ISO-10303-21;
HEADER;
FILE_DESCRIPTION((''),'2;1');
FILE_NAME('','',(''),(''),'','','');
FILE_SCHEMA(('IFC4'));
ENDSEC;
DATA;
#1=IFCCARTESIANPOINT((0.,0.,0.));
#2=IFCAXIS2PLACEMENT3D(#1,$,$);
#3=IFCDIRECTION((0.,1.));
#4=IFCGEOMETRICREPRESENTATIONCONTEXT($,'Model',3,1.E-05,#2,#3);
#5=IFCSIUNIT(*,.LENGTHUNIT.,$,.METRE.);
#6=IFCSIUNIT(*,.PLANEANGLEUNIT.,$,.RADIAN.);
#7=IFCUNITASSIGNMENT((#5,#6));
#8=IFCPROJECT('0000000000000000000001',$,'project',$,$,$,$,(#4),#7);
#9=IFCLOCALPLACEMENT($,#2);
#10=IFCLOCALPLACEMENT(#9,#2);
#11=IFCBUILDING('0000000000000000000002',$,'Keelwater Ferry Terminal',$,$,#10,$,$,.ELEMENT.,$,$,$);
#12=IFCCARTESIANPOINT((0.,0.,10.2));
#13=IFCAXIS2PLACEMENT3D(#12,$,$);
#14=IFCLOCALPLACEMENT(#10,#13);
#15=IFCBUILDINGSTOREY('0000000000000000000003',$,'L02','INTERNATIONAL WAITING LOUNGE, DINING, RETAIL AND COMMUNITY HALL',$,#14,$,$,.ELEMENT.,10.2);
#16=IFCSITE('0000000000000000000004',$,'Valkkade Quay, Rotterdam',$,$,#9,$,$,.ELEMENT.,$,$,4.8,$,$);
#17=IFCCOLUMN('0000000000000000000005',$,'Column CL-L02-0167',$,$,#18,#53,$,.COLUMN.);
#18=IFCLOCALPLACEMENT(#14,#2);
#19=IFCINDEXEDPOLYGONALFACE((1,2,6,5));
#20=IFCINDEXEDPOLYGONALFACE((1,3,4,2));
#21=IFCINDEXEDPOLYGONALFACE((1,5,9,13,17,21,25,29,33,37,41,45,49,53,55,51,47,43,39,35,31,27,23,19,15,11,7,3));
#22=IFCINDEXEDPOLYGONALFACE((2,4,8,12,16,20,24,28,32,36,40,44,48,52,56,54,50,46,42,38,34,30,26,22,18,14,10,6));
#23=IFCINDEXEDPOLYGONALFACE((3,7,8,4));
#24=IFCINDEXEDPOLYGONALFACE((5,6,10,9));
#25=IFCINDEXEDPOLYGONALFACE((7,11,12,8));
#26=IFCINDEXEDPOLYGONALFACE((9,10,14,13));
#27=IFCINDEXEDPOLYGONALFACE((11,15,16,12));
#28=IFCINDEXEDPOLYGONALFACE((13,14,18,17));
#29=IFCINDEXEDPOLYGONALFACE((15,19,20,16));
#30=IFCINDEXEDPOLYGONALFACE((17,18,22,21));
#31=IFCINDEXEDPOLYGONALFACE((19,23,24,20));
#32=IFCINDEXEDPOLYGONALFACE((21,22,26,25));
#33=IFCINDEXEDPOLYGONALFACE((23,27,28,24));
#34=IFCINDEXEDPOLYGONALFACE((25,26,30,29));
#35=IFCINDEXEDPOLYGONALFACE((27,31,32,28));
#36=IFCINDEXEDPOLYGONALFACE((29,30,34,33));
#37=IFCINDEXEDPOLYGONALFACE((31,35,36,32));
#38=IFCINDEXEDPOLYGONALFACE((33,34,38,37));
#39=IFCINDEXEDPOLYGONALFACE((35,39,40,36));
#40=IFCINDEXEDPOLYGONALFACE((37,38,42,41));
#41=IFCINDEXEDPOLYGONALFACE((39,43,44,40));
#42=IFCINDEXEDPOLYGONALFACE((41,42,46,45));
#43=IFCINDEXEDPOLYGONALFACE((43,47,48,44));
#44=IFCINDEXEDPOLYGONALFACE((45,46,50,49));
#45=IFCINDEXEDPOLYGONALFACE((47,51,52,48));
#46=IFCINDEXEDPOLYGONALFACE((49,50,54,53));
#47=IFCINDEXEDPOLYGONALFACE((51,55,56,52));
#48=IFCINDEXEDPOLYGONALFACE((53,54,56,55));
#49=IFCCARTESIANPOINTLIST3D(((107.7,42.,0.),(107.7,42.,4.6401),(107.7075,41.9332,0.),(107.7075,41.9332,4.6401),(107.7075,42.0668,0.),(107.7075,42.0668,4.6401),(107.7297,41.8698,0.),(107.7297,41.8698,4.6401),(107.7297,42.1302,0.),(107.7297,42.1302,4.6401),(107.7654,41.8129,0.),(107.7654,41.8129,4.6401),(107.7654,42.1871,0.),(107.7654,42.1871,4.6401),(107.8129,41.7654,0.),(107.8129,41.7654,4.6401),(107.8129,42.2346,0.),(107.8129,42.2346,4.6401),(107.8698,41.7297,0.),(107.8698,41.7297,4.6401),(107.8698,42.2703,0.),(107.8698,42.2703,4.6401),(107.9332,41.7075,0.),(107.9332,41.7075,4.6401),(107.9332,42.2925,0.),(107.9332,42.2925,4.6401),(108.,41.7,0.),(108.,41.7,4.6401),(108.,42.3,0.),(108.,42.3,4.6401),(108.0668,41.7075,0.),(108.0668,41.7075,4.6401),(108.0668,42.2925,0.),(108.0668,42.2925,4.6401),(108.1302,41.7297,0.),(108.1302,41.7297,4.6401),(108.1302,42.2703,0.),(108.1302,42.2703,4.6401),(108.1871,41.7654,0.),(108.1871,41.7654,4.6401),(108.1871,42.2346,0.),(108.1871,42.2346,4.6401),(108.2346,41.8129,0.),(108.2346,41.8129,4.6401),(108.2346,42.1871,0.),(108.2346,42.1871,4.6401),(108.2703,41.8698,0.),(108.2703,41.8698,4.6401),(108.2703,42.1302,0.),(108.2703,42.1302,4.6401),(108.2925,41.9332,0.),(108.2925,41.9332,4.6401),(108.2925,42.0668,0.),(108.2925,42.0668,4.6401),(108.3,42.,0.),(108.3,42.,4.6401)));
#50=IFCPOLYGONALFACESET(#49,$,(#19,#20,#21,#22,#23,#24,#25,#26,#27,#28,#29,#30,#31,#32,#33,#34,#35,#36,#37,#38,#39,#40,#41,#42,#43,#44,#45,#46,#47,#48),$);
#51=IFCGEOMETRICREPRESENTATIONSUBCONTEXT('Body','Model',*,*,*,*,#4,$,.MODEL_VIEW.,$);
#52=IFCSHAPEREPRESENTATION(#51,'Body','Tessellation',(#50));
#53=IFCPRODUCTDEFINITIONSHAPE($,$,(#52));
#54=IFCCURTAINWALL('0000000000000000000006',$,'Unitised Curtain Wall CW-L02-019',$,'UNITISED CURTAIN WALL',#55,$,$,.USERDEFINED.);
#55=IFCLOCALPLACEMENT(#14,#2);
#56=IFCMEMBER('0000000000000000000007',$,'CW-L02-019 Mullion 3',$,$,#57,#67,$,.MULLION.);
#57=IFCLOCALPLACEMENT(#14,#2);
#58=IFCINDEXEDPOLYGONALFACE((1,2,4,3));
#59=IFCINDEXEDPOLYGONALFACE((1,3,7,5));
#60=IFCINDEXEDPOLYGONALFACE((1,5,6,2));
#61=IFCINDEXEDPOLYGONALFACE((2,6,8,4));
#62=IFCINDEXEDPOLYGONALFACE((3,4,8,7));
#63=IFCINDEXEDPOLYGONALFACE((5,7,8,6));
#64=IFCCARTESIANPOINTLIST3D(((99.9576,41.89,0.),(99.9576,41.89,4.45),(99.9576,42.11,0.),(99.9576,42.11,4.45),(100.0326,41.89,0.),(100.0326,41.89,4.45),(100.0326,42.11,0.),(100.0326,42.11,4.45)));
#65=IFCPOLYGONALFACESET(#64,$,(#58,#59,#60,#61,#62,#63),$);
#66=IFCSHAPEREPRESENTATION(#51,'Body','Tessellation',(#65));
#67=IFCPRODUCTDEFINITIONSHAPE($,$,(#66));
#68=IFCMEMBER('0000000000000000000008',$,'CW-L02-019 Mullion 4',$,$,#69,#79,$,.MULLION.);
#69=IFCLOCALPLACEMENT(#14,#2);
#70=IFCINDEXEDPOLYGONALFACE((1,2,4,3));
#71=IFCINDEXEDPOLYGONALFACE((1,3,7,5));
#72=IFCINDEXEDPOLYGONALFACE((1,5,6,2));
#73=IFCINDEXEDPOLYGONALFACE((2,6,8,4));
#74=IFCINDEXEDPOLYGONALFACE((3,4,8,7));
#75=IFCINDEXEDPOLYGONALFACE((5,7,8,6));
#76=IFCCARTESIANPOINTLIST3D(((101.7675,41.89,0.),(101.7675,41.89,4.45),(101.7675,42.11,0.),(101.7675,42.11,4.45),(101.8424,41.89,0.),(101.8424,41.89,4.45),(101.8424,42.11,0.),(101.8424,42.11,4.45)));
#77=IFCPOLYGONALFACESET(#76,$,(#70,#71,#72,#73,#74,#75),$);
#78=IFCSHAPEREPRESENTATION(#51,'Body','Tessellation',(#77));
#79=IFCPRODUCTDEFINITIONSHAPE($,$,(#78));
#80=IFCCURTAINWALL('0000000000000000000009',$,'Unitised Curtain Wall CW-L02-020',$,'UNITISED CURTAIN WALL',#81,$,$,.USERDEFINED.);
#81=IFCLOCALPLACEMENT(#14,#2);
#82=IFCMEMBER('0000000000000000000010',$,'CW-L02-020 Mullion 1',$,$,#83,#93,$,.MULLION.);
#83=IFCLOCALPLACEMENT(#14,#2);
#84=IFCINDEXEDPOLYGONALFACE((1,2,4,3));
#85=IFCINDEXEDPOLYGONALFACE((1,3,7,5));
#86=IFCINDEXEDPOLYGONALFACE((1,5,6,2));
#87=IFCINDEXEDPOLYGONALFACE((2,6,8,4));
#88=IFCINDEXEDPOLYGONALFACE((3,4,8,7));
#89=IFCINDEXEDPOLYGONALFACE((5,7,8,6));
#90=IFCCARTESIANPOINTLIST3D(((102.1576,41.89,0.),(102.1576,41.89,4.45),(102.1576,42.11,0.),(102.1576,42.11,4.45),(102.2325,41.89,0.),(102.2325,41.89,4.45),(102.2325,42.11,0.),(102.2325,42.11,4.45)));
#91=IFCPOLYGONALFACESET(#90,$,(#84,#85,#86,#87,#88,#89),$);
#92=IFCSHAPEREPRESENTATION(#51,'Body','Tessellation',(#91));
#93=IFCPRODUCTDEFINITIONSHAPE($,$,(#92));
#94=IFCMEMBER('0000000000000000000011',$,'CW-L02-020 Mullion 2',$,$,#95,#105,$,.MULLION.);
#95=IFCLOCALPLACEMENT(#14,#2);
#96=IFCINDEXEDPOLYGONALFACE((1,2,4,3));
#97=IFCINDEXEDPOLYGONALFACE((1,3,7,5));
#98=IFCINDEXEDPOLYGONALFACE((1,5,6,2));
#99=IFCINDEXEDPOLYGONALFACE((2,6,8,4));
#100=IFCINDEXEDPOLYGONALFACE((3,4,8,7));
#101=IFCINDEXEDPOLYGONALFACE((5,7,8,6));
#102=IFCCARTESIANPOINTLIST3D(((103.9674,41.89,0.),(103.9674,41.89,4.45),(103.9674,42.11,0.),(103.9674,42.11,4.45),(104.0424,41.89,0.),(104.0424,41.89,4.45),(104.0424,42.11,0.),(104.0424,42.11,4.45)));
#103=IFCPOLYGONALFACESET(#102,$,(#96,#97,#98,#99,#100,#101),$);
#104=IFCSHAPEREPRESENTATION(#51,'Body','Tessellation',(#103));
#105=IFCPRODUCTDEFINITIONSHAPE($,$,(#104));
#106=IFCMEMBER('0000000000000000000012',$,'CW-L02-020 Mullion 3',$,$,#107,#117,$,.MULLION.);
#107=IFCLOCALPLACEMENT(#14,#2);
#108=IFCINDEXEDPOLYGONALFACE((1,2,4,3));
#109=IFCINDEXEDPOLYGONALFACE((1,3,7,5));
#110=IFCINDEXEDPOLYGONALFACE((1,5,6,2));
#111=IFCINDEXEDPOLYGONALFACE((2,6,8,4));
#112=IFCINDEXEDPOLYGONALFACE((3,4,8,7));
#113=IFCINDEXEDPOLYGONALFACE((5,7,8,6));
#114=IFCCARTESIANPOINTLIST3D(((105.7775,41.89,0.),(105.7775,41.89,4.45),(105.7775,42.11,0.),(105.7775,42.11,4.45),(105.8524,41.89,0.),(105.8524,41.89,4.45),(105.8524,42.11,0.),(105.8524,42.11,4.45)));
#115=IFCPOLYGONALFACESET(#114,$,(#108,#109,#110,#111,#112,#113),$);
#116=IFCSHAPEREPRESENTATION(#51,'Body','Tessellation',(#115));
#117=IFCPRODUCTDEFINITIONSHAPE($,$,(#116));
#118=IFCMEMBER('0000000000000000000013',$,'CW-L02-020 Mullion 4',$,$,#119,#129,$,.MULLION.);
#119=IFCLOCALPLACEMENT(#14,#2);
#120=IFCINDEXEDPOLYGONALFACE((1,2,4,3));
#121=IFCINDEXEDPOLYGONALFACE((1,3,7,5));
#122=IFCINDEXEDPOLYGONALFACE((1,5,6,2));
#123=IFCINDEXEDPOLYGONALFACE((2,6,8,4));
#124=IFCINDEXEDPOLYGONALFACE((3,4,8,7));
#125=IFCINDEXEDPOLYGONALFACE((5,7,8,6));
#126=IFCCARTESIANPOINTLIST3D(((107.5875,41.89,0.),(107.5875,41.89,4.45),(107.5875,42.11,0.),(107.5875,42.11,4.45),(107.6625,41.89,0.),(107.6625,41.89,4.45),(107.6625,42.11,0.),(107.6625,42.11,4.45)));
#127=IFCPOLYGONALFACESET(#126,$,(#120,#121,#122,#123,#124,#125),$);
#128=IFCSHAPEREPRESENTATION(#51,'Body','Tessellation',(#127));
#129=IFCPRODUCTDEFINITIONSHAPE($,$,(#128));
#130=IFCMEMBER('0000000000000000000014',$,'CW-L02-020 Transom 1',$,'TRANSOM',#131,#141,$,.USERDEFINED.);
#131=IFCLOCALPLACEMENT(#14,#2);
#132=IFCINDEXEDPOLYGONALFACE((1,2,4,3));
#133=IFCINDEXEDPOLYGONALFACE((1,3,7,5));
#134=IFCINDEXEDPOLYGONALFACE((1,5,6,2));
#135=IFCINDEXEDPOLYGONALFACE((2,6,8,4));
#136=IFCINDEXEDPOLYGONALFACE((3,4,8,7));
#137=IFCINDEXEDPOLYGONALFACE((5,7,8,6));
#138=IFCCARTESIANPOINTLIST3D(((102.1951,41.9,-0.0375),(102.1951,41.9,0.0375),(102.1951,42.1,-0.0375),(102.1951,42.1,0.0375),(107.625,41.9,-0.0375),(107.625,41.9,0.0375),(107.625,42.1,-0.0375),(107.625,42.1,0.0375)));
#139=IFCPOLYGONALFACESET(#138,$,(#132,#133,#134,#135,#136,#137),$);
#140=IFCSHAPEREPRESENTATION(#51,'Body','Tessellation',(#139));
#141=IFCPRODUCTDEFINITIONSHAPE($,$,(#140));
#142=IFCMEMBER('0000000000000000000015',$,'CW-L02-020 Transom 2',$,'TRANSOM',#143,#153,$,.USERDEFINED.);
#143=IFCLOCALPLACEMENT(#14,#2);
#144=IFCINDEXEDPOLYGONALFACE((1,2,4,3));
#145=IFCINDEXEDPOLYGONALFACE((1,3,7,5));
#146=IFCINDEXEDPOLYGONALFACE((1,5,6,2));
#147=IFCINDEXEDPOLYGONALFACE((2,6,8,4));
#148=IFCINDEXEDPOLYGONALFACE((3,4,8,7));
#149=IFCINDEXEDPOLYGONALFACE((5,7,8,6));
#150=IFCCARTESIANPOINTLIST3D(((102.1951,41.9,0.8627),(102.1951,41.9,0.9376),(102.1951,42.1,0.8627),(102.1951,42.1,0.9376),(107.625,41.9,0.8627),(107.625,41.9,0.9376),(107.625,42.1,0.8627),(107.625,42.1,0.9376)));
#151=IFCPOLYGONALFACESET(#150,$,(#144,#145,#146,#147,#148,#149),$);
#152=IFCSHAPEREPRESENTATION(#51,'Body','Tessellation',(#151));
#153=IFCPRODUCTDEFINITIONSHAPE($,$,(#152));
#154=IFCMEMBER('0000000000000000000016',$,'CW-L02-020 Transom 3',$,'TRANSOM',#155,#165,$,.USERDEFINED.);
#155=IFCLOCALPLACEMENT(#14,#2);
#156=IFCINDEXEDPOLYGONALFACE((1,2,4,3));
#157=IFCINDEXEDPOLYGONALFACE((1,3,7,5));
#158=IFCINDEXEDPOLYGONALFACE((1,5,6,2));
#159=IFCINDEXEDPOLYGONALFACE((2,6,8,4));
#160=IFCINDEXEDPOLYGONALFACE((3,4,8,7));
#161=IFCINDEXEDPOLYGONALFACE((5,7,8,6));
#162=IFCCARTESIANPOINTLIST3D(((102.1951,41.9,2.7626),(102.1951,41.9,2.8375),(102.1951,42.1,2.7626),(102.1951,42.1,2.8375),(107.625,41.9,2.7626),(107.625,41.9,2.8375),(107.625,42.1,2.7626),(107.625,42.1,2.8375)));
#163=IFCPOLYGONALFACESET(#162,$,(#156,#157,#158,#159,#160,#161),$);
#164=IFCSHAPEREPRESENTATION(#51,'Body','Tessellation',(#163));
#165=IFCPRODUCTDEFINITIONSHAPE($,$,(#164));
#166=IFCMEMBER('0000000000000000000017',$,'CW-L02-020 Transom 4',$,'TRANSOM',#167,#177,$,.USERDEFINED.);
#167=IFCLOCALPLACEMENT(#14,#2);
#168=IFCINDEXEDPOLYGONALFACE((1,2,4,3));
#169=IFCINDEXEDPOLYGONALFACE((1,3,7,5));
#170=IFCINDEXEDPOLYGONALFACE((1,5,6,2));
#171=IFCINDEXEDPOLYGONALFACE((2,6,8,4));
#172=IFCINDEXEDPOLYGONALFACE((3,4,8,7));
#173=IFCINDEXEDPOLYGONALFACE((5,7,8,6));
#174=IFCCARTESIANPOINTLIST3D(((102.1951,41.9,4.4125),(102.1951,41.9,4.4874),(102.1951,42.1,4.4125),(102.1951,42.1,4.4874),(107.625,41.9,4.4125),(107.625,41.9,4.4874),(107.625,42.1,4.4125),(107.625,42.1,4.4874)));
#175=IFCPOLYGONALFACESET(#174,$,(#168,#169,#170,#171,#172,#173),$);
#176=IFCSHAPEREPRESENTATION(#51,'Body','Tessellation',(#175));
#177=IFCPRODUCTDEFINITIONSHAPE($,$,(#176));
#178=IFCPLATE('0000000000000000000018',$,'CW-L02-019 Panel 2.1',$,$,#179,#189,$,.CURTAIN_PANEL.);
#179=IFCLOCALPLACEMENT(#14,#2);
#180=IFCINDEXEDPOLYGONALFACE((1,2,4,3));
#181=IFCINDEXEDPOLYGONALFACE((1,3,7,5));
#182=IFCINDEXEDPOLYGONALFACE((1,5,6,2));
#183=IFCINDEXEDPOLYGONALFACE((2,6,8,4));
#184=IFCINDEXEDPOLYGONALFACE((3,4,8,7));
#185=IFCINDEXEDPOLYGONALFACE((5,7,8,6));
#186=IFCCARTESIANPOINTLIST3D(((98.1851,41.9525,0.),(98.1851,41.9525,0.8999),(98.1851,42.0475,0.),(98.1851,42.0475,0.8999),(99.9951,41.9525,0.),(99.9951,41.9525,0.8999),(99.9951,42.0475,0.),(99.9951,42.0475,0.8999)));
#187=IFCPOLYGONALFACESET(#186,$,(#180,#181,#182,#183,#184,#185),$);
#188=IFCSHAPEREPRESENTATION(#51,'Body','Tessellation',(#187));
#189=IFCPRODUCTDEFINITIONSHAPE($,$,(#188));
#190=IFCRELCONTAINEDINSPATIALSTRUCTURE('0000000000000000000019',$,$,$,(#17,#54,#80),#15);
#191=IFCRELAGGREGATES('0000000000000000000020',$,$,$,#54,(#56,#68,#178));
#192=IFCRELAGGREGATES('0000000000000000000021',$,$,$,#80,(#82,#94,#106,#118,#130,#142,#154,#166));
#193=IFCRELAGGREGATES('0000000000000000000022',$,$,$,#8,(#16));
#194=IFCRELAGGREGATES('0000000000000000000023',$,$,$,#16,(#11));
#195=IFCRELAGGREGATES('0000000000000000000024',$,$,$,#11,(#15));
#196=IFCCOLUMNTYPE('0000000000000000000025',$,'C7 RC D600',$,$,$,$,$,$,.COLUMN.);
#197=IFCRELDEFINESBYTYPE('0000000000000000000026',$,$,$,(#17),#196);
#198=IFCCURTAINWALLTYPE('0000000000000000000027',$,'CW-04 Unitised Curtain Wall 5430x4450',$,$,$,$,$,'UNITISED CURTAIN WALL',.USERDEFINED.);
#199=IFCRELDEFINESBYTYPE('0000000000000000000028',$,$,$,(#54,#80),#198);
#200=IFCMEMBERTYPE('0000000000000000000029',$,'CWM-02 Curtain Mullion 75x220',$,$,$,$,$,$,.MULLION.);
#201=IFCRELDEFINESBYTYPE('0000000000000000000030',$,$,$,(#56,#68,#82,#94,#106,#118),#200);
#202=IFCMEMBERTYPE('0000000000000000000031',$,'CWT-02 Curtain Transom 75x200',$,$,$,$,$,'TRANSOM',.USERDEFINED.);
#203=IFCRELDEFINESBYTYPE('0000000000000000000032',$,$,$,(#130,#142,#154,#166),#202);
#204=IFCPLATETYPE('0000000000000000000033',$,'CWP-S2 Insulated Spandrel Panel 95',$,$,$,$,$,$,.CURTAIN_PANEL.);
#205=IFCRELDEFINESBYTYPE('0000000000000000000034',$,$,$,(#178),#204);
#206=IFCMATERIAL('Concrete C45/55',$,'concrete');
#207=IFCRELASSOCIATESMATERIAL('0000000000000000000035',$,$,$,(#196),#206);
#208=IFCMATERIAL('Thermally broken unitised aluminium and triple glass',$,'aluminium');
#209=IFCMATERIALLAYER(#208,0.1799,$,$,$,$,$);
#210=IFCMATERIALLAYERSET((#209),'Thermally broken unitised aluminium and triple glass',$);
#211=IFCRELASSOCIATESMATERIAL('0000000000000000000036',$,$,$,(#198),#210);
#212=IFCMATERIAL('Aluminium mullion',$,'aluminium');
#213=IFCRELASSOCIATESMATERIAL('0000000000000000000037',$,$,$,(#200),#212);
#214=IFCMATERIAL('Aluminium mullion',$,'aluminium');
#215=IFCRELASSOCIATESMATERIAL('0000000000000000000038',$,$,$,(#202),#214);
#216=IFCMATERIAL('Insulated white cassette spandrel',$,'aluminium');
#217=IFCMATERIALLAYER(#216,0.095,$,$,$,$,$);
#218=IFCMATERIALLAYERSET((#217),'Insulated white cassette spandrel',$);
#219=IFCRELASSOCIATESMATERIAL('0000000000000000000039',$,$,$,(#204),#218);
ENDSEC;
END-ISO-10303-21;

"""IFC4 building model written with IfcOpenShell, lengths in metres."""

from ifc_helpers import new_model, si_unit, direction, frame, origin, origin_2d, place, context, subcontext, project, spatial, rectangle, circle, extrude, material, layer, layer_set, material_profile, profile_set, type_object, element, aggregate, save


model = new_model("IFC4")

# Units and contexts
model_context = context("Model", 3, precision=1e-05, world=origin(), true_north=direction((0.0, 1.0)))
body_context = subcontext(model_context, "Body", "Model", "MODEL_VIEW")
ifc_project = project(units=[si_unit("LENGTHUNIT", "METRE"), si_unit("PLANEANGLEUNIT", "RADIAN")], contexts=[model_context])

# Site, building, storey
site_placement = place(None, origin())
site = spatial("IfcSite", under=ifc_project, at=site_placement, Name="Valkkade Quay, Rotterdam", CompositionType="ELEMENT", RefElevation=4.8)
building_placement = place(site_placement, origin())
building = spatial("IfcBuilding", under=site, at=building_placement, Name="Keelwater Ferry Terminal", CompositionType="ELEMENT")
storey_placement = place(building_placement, frame((0.0, 0.0, 10.2)))
storey = spatial("IfcBuildingStorey", under=building, at=storey_placement, Name="L02", Description="INTERNATIONAL WAITING LOUNGE, DINING, RETAIL AND COMMUNITY HALL", CompositionType="ELEMENT", Elevation=10.2)

# Column
ifc_material_1 = material(Name="Concrete C45/55", Category="concrete")
ifc_material_profile_1 = material_profile(ifc_material_1, circle(Radius=0.3, at=origin_2d()), Name="RC D600")
ifc_profile_set_1 = profile_set([ifc_material_profile_1], Name="Concrete C45/55")
column_type = type_object("IfcColumnType", Name="C7 RC D600", PredefinedType="COLUMN", material=ifc_profile_set_1)
column_placement = place(storey_placement, frame((108.0, 42.0, 0.0), z_axis=(0.0, 0.0, 1.0), x_axis=(1.0, 0.0, 0.0)))
element("IfcColumn", 1, at=column_placement, inside=storey, type_object=column_type, Name="Column CL-L02-0167", PredefinedType="COLUMN", context=body_context, shape_type="SweptSolid", body=[
    extrude(circle(Radius=0.3, at=origin_2d()), origin(), (0.0, 0.0, 1.0), 4.6401),
])

# Curtain walls, members
ifc_material_2 = material(Name="Thermally broken unitised aluminium and triple glass", Category="aluminium")
ifc_layer_1 = layer(ifc_material_2, 0.1799)
ifc_layer_set_1 = layer_set([ifc_layer_1], Name="Thermally broken unitised aluminium and triple glass")
curtain_wall_type = type_object("IfcCurtainWallType", Name="CW-04 Unitised Curtain Wall 5430x4450", ElementType="UNITISED CURTAIN WALL", PredefinedType="USERDEFINED", material=ifc_layer_set_1)
curtain_wall_1_placement = place(storey_placement, origin())
curtain_wall_1 = element("IfcCurtainWall", 2, at=curtain_wall_1_placement, inside=storey, type_object=curtain_wall_type, Name="Unitised Curtain Wall CW-L02-019", ObjectType="UNITISED CURTAIN WALL", PredefinedType="USERDEFINED")
ifc_material_3 = material(Name="Aluminium mullion", Category="aluminium")
ifc_material_profile_2 = material_profile(ifc_material_3, rectangle(XDim=0.075, YDim=0.22, at=origin_2d()), Name="CWM-02")
ifc_profile_set_2 = profile_set([ifc_material_profile_2], Name="Aluminium mullion")
member_type_1 = type_object("IfcMemberType", Name="CWM-02 Curtain Mullion 75x220", PredefinedType="MULLION", material=ifc_profile_set_2)
member_1_placement = place(storey_placement, frame((99.9951, 42.0, 0.0), z_axis=(0.0, 0.0, 1.0), x_axis=(1.0, 0.0, 0.0)))
member_1 = element("IfcMember", 3, at=member_1_placement, type_object=member_type_1, Name="CW-L02-019 Mullion 3", PredefinedType="MULLION", context=body_context, shape_type="SweptSolid", body=[
    extrude(rectangle(XDim=0.075, YDim=0.22, at=origin_2d()), origin(), (0.0, 0.0, 1.0), 4.45),
])
member_2_placement = place(storey_placement, frame((101.8049, 42.0, 0.0), z_axis=(0.0, 0.0, 1.0), x_axis=(1.0, 0.0, 0.0)))
member_2 = element("IfcMember", 4, at=member_2_placement, type_object=member_type_1, Name="CW-L02-019 Mullion 4", PredefinedType="MULLION", context=body_context, shape_type="SweptSolid", body=[
    extrude(rectangle(XDim=0.075, YDim=0.22, at=origin_2d()), origin(), (0.0, 0.0, 1.0), 4.45),
])
curtain_wall_2_placement = place(storey_placement, origin())
curtain_wall_2 = element("IfcCurtainWall", 5, at=curtain_wall_2_placement, inside=storey, type_object=curtain_wall_type, Name="Unitised Curtain Wall CW-L02-020", ObjectType="UNITISED CURTAIN WALL", PredefinedType="USERDEFINED")
member_3_placement = place(storey_placement, frame((102.1951, 42.0, 0.0), z_axis=(0.0, 0.0, 1.0), x_axis=(1.0, 0.0, 0.0)))
member_3 = element("IfcMember", 6, at=member_3_placement, type_object=member_type_1, Name="CW-L02-020 Mullion 1", PredefinedType="MULLION", context=body_context, shape_type="SweptSolid", body=[
    extrude(rectangle(XDim=0.075, YDim=0.22, at=origin_2d()), origin(), (0.0, 0.0, 1.0), 4.45),
])
member_4_placement = place(storey_placement, frame((104.0049, 42.0, 0.0), z_axis=(0.0, 0.0, 1.0), x_axis=(1.0, 0.0, 0.0)))
member_4 = element("IfcMember", 7, at=member_4_placement, type_object=member_type_1, Name="CW-L02-020 Mullion 2", PredefinedType="MULLION", context=body_context, shape_type="SweptSolid", body=[
    extrude(rectangle(XDim=0.075, YDim=0.22, at=origin_2d()), origin(), (0.0, 0.0, 1.0), 4.45),
])
member_5_placement = place(storey_placement, frame((105.8149, 42.0, 0.0), z_axis=(0.0, 0.0, 1.0), x_axis=(1.0, 0.0, 0.0)))
member_5 = element("IfcMember", 8, at=member_5_placement, type_object=member_type_1, Name="CW-L02-020 Mullion 3", PredefinedType="MULLION", context=body_context, shape_type="SweptSolid", body=[
    extrude(rectangle(XDim=0.075, YDim=0.22, at=origin_2d()), origin(), (0.0, 0.0, 1.0), 4.45),
])
member_6_placement = place(storey_placement, frame((107.625, 42.0, 0.0), z_axis=(0.0, 0.0, 1.0), x_axis=(1.0, 0.0, 0.0)))
member_6 = element("IfcMember", 9, at=member_6_placement, type_object=member_type_1, Name="CW-L02-020 Mullion 4", PredefinedType="MULLION", context=body_context, shape_type="SweptSolid", body=[
    extrude(rectangle(XDim=0.075, YDim=0.22, at=origin_2d()), origin(), (0.0, 0.0, 1.0), 4.45),
])
ifc_material_4 = material(Name="Aluminium mullion", Category="aluminium")
ifc_material_profile_3 = material_profile(ifc_material_4, rectangle(XDim=0.2, YDim=0.075, at=origin_2d()), Name="CWT-02")
ifc_profile_set_3 = profile_set([ifc_material_profile_3], Name="Aluminium mullion")
member_type_2 = type_object("IfcMemberType", Name="CWT-02 Curtain Transom 75x200", ElementType="TRANSOM", PredefinedType="USERDEFINED", material=ifc_profile_set_3)
member_7_placement = place(storey_placement, frame((102.1951, 42.0, 0.0), z_axis=(1.0, 0.0, 0.0), x_axis=(0.0, 1.0, 0.0)))
member_7 = element("IfcMember", 10, at=member_7_placement, type_object=member_type_2, Name="CW-L02-020 Transom 1", ObjectType="TRANSOM", PredefinedType="USERDEFINED", context=body_context, shape_type="SweptSolid", body=[
    extrude(rectangle(XDim=0.2, YDim=0.075, at=origin_2d()), origin(), (0.0, 0.0, 1.0), 5.4299),
])
member_8_placement = place(storey_placement, frame((102.1951, 42.0, 0.9001), z_axis=(1.0, 0.0, 0.0), x_axis=(0.0, 1.0, 0.0)))
member_8 = element("IfcMember", 11, at=member_8_placement, type_object=member_type_2, Name="CW-L02-020 Transom 2", ObjectType="TRANSOM", PredefinedType="USERDEFINED", context=body_context, shape_type="SweptSolid", body=[
    extrude(rectangle(XDim=0.2, YDim=0.075, at=origin_2d()), origin(), (0.0, 0.0, 1.0), 5.4299),
])
member_9_placement = place(storey_placement, frame((102.1951, 42.0, 2.8), z_axis=(1.0, 0.0, 0.0), x_axis=(0.0, 1.0, 0.0)))
member_9 = element("IfcMember", 12, at=member_9_placement, type_object=member_type_2, Name="CW-L02-020 Transom 3", ObjectType="TRANSOM", PredefinedType="USERDEFINED", context=body_context, shape_type="SweptSolid", body=[
    extrude(rectangle(XDim=0.2, YDim=0.075, at=origin_2d()), origin(), (0.0, 0.0, 1.0), 5.4299),
])
member_10_placement = place(storey_placement, frame((102.1951, 42.0, 4.45), z_axis=(1.0, 0.0, 0.0), x_axis=(0.0, 1.0, 0.0)))
member_10 = element("IfcMember", 13, at=member_10_placement, type_object=member_type_2, Name="CW-L02-020 Transom 4", ObjectType="TRANSOM", PredefinedType="USERDEFINED", context=body_context, shape_type="SweptSolid", body=[
    extrude(rectangle(XDim=0.2, YDim=0.075, at=origin_2d()), origin(), (0.0, 0.0, 1.0), 5.4299),
])

# Plate
ifc_material_5 = material(Name="Insulated white cassette spandrel", Category="aluminium")
ifc_layer_2 = layer(ifc_material_5, 0.095)
ifc_layer_set_2 = layer_set([ifc_layer_2], Name="Insulated white cassette spandrel")
plate_type_1 = type_object("IfcPlateType", Name="CWP-S2 Insulated Spandrel Panel 95", PredefinedType="CURTAIN_PANEL", material=ifc_layer_set_2)
plate_1_placement = place(storey_placement, frame((99.0901, 42.0, 0.0), z_axis=(0.0, 0.0, 1.0), x_axis=(1.0, 0.0, 0.0)))
plate_1 = element("IfcPlate", 14, at=plate_1_placement, type_object=plate_type_1, Name="CW-L02-019 Panel 2.1", PredefinedType="CURTAIN_PANEL", context=body_context, shape_type="SweptSolid", body=[
    extrude(rectangle(XDim=1.8101, YDim=0.095, at=origin_2d()), origin(), (0.0, 0.0, 1.0), 0.8999),
])
aggregate(curtain_wall_1, [member_1, member_2, plate_1])
aggregate(curtain_wall_2, [member_3, member_4, member_5, member_6, member_7, member_8, member_9, member_10])

save(model, "model.ifc")
